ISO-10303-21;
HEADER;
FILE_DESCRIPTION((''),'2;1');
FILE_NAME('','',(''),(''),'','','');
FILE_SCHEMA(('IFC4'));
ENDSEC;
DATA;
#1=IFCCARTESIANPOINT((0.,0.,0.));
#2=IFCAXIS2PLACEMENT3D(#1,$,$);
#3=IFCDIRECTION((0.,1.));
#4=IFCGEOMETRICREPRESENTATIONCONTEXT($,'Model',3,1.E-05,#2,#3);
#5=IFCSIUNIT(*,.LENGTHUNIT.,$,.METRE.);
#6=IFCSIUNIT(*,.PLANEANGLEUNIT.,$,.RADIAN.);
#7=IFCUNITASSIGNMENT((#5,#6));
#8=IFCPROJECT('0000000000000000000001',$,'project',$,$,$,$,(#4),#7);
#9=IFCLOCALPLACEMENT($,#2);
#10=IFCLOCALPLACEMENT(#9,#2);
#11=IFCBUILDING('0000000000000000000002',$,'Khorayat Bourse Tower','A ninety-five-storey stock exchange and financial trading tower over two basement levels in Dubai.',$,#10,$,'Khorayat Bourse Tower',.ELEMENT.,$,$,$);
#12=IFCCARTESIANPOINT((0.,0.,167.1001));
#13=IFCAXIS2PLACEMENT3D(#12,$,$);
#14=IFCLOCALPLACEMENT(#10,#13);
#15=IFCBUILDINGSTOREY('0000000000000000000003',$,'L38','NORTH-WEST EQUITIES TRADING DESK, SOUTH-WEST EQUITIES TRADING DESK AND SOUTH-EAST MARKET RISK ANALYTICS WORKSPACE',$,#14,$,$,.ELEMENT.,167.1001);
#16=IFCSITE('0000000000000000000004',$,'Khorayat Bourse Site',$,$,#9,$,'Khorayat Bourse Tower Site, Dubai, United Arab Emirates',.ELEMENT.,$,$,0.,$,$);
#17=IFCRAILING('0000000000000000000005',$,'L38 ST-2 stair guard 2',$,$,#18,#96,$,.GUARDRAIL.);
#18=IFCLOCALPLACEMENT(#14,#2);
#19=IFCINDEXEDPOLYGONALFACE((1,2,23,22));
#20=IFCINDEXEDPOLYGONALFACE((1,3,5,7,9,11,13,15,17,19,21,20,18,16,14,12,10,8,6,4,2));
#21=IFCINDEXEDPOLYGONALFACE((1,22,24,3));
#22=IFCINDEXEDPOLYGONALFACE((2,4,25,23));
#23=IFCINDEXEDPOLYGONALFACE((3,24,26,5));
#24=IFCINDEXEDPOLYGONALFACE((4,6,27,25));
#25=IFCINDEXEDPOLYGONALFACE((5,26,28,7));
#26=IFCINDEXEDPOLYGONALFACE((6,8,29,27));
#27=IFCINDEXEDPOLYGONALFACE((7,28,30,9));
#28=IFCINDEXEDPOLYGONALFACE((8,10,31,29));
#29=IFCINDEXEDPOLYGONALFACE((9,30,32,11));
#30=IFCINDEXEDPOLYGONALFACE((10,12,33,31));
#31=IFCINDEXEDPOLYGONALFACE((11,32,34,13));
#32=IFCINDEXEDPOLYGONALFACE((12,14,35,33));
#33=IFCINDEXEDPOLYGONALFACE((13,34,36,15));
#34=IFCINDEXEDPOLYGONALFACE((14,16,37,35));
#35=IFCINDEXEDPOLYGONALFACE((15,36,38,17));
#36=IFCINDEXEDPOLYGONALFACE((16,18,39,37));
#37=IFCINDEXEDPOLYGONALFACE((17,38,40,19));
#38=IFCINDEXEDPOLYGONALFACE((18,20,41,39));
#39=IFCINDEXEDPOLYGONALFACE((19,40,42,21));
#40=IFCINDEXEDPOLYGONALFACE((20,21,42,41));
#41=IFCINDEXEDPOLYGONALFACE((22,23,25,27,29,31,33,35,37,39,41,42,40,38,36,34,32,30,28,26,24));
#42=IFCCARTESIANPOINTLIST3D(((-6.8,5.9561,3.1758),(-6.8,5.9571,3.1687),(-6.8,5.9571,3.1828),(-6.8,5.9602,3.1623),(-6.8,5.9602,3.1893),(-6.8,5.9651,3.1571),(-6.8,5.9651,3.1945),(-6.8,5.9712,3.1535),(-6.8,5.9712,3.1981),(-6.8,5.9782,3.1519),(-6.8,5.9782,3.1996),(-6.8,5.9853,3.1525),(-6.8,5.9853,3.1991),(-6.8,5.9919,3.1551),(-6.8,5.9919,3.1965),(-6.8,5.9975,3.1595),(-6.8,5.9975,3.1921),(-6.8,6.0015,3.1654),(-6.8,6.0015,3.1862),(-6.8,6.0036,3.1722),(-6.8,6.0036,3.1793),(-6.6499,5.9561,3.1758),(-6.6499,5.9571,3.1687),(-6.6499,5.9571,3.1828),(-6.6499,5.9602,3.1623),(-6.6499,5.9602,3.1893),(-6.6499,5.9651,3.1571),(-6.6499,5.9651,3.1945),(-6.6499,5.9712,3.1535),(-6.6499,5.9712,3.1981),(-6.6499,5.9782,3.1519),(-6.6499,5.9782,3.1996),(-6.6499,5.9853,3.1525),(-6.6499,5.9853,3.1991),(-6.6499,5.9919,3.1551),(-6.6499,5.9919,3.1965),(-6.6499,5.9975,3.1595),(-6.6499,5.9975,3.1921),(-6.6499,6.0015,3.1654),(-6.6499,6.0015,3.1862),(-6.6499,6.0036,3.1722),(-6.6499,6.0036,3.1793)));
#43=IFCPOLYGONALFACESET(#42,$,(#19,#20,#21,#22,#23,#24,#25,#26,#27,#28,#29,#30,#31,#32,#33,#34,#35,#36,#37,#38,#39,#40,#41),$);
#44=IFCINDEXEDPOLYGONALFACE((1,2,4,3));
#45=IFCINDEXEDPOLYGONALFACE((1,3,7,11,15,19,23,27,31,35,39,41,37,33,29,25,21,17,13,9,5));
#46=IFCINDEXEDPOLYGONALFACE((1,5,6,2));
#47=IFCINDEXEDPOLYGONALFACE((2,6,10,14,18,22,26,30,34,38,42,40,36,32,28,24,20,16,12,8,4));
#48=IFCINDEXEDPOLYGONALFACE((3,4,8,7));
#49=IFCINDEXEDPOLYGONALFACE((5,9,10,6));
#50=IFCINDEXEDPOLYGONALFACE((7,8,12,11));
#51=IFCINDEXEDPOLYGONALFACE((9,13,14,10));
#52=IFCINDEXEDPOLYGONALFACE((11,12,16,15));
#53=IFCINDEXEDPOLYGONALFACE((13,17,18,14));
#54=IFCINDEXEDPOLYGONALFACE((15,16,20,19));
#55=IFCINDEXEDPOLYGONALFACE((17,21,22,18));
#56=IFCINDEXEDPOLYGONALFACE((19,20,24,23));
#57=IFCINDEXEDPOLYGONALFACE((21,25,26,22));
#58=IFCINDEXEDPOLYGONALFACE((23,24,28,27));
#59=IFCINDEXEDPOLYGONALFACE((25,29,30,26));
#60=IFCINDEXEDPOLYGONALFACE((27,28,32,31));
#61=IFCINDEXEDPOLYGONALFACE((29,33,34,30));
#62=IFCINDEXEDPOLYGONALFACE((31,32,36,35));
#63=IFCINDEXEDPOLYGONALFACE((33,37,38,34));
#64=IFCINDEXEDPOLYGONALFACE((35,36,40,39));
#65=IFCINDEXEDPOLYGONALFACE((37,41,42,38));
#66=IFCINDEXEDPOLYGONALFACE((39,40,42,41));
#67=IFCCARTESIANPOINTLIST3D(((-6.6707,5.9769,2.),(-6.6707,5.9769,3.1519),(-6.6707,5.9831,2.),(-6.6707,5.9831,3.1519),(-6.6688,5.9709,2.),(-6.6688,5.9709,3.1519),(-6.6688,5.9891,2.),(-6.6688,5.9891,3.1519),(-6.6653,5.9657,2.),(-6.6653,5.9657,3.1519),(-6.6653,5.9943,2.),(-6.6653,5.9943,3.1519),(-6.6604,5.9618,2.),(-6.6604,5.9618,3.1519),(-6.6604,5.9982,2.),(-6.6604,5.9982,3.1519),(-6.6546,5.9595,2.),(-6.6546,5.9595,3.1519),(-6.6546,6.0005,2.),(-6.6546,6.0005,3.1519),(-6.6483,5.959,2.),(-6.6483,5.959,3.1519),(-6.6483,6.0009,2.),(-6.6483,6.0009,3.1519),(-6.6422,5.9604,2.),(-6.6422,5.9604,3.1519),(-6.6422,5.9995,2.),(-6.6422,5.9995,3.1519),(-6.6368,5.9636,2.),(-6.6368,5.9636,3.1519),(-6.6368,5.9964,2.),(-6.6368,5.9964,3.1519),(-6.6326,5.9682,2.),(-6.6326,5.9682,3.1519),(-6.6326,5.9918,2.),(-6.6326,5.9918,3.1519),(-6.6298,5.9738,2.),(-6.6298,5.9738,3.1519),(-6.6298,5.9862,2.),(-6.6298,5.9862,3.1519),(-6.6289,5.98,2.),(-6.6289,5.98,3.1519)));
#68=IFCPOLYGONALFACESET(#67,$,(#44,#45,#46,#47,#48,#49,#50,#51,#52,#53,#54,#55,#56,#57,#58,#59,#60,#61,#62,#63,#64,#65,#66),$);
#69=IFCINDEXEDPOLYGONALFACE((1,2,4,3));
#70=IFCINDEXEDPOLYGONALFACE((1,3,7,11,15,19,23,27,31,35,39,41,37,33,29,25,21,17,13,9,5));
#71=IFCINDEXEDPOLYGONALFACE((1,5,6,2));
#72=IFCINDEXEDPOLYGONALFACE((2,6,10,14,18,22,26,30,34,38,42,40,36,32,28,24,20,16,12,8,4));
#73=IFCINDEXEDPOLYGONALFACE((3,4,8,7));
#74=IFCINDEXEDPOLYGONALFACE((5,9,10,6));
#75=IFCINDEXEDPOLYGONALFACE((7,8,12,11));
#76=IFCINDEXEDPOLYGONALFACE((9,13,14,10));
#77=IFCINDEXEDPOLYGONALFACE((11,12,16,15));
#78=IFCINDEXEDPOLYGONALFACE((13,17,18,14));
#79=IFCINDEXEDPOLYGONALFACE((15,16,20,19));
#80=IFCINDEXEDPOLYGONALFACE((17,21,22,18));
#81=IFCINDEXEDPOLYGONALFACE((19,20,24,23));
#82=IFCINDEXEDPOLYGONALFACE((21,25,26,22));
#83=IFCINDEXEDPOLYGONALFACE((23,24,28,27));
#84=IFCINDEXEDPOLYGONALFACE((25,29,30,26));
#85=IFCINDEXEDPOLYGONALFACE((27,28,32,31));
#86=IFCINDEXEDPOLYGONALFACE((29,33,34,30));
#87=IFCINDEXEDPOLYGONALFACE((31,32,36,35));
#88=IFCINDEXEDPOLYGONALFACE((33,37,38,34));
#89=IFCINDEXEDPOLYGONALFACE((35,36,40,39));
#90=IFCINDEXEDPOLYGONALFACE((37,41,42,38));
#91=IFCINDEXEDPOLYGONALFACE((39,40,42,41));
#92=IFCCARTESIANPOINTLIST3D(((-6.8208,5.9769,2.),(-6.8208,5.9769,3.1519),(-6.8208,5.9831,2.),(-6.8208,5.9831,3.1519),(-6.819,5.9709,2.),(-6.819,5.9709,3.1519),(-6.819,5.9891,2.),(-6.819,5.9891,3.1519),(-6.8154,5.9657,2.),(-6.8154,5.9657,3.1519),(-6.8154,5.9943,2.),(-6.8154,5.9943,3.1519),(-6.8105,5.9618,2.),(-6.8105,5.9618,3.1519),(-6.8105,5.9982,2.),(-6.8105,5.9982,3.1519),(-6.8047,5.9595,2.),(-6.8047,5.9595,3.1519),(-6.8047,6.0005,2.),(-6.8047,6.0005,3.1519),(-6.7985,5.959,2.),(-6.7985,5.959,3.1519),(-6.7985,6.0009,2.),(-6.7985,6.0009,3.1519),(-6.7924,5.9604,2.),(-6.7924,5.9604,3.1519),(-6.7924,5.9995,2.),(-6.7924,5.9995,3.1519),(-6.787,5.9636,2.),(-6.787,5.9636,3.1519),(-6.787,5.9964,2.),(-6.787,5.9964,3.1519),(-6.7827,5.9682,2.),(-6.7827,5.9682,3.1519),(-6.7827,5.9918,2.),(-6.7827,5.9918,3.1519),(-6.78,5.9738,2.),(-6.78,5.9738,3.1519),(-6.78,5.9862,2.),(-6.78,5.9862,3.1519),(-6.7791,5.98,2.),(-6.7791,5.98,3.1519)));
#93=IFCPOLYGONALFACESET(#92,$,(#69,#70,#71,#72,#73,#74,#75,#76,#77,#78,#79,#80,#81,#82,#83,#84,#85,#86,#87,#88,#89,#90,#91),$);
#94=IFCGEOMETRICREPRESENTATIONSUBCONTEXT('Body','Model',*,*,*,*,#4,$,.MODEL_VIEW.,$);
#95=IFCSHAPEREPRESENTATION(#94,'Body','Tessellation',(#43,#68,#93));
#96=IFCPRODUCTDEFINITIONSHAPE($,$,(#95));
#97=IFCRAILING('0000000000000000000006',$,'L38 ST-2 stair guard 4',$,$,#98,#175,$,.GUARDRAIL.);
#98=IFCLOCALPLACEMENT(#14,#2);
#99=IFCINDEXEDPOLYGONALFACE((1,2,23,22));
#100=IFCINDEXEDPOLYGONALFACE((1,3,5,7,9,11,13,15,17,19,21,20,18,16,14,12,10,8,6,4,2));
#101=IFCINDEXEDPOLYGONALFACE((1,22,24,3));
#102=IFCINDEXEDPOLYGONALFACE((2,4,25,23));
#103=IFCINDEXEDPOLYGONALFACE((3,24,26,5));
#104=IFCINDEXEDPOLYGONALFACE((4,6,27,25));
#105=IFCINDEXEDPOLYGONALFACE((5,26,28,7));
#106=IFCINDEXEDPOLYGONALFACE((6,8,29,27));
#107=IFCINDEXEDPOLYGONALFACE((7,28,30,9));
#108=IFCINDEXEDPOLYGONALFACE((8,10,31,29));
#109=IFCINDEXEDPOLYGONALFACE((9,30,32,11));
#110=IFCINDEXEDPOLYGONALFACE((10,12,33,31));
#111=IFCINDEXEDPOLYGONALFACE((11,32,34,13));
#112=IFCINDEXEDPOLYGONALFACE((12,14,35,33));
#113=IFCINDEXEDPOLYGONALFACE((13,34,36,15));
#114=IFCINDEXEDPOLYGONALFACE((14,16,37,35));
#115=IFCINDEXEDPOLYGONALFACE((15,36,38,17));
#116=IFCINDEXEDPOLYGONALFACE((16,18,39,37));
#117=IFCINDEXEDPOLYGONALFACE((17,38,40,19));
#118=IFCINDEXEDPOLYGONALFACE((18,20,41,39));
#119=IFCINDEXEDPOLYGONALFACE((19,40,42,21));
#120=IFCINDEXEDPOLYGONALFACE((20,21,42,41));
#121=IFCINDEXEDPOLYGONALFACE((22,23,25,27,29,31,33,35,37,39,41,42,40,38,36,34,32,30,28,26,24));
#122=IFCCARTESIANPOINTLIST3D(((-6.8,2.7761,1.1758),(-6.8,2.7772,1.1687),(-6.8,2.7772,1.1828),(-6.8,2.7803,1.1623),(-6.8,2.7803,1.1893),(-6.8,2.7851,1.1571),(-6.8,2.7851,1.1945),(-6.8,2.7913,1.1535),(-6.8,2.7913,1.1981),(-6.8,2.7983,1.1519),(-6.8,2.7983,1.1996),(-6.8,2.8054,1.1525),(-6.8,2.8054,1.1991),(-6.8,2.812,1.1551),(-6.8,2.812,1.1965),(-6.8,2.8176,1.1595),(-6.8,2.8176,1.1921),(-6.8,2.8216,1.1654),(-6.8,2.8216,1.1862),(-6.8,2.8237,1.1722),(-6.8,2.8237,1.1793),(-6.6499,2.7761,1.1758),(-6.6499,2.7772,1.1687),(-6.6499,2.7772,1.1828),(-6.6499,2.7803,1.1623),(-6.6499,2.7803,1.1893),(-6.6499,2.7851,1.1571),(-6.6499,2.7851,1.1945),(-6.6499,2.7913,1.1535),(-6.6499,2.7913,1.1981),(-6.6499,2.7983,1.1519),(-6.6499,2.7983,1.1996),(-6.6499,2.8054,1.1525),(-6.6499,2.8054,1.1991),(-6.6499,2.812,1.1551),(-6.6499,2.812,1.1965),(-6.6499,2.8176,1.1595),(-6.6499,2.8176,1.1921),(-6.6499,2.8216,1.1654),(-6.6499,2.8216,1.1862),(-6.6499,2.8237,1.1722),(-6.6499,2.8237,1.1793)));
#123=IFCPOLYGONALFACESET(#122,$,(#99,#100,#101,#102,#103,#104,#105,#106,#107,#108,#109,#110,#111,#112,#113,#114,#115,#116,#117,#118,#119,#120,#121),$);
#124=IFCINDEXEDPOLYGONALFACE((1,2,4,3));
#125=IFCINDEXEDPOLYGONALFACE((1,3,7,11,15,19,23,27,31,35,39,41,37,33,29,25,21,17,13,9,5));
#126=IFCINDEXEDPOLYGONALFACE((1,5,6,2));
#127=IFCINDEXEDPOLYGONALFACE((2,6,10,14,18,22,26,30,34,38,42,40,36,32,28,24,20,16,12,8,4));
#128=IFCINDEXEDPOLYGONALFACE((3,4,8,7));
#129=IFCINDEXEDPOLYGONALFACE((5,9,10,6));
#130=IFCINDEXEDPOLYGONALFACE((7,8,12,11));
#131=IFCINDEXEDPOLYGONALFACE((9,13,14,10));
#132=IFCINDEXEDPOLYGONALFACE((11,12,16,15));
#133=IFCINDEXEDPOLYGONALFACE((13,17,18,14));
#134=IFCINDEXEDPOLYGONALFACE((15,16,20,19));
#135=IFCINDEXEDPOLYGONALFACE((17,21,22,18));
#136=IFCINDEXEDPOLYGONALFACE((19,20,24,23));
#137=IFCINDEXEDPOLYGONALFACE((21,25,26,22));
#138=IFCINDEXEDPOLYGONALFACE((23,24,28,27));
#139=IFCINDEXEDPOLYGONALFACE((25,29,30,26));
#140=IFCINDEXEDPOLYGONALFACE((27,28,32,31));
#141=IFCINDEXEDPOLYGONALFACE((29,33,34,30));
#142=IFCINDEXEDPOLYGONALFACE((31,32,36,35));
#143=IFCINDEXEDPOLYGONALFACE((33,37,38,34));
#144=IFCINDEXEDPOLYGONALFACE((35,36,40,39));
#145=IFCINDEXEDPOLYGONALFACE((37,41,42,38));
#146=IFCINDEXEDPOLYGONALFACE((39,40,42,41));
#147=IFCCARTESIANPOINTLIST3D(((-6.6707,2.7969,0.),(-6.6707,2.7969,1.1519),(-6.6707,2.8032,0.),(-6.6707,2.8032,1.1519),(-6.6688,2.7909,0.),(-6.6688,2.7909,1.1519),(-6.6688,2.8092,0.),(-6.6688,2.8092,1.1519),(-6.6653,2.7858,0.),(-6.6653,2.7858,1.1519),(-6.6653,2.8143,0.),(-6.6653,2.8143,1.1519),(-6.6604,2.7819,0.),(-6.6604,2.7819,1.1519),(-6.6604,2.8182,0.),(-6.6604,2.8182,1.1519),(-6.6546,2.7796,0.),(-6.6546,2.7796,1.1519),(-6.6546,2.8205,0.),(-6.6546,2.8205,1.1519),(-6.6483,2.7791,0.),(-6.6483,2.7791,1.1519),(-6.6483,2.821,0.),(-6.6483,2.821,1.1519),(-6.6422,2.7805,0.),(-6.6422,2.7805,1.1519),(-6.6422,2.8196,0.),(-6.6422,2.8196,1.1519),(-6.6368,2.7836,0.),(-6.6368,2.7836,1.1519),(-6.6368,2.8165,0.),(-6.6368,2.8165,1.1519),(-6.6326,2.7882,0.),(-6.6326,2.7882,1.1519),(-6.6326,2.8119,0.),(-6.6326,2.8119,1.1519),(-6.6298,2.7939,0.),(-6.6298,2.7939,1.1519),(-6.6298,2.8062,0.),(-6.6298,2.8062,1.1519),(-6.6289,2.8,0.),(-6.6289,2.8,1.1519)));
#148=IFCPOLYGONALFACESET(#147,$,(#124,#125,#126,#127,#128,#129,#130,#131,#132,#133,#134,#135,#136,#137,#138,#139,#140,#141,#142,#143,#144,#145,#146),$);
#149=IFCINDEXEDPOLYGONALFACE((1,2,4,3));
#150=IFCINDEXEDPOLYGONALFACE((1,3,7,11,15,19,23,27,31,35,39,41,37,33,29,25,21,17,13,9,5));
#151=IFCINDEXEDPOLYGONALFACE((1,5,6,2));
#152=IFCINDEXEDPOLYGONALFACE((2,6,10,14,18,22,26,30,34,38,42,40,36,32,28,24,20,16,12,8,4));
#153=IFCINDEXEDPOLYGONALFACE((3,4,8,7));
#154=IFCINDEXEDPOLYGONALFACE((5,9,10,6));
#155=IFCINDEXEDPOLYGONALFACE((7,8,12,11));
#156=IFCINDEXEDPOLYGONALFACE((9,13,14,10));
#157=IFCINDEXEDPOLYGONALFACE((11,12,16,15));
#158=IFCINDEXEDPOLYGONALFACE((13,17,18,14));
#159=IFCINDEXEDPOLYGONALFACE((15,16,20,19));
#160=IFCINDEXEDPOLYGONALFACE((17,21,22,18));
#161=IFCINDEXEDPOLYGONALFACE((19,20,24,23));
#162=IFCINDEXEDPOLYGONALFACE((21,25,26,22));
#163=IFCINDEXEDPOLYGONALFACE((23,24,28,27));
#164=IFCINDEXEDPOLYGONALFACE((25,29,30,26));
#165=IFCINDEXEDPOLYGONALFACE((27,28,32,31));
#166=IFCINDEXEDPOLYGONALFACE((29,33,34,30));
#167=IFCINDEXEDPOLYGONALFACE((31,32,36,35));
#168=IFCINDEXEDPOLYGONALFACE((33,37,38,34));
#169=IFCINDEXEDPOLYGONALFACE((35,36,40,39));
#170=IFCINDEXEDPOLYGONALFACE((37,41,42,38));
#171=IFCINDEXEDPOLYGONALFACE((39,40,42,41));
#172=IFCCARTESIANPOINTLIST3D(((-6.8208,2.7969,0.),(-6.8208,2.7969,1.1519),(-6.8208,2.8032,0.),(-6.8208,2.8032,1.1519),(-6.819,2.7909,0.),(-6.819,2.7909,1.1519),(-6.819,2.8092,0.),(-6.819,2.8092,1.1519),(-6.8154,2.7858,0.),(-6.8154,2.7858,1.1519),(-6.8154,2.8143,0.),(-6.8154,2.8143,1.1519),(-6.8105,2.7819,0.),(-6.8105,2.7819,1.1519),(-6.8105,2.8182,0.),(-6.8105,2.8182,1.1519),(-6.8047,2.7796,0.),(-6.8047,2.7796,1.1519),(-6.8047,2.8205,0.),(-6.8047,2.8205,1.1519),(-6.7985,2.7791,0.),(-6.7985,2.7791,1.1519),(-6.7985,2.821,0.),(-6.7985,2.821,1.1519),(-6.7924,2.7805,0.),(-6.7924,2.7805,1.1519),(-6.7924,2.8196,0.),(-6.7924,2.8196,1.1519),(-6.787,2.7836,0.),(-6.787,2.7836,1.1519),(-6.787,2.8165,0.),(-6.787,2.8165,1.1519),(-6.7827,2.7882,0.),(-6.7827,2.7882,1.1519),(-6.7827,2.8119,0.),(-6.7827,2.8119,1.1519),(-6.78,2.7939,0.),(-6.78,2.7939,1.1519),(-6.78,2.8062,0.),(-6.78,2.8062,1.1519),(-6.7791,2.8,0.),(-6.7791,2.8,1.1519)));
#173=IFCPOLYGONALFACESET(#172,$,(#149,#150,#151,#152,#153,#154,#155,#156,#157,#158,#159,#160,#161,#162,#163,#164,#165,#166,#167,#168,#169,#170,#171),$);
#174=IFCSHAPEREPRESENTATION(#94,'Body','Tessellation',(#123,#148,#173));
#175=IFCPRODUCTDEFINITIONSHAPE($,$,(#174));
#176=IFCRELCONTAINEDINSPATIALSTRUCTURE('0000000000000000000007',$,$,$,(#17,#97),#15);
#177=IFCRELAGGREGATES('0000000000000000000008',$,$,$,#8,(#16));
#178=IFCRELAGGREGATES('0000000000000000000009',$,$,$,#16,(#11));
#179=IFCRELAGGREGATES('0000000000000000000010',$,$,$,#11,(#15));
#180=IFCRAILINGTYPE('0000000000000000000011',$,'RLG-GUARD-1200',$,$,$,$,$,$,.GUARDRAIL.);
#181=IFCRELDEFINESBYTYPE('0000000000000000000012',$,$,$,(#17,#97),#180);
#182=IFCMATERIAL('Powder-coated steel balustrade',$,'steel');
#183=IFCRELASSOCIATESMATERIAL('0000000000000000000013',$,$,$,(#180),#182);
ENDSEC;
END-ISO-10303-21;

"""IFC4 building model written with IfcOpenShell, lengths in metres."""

from ifc_helpers import new_model, si_unit, direction, frame, origin, origin_2d, place, context, subcontext, project, spatial, circle, extrude, source, transform, mapped, material, type_object, element, save


model = new_model("IFC4")

# Units and contexts
model_context = context("Model", 3, precision=1e-05, world=origin(), true_north=direction((0.0, 1.0)))
body_context = subcontext(model_context, "Body", "Model", "MODEL_VIEW")
ifc_project = project(units=[si_unit("LENGTHUNIT", "METRE"), si_unit("PLANEANGLEUNIT", "RADIAN")], contexts=[model_context])

# Site, building, storey
site_placement = place(None, origin())
site = spatial("IfcSite", under=ifc_project, at=site_placement, Name="Khorayat Bourse Site", LongName="Khorayat Bourse Tower Site, Dubai, United Arab Emirates", CompositionType="ELEMENT", RefElevation=0.0)
building_placement = place(site_placement, origin())
building = spatial("IfcBuilding", under=site, at=building_placement, Name="Khorayat Bourse Tower", Description="A ninety-five-storey stock exchange and financial trading tower over two basement levels in Dubai.", LongName="Khorayat Bourse Tower", CompositionType="ELEMENT")
storey_placement = place(building_placement, frame((0.0, 0.0, 167.1001)))
storey = spatial("IfcBuildingStorey", under=building, at=storey_placement, Name="L38", Description="NORTH-WEST EQUITIES TRADING DESK, SOUTH-WEST EQUITIES TRADING DESK AND SOUTH-EAST MARKET RISK ANALYTICS WORKSPACE", CompositionType="ELEMENT", Elevation=167.1001)

# Railings
ifc_material_1 = material(Name="Powder-coated steel balustrade", Category="steel")
railing_type_1 = type_object("IfcRailingType", Name="RLG-GUARD-1200", PredefinedType="GUARDRAIL", material=ifc_material_1)
shared_shape_1 = source(origin(), body_context, "Body", "SweptSolid", [
    extrude(circle(Radius=0.0239, at=origin_2d()), frame((0.0, 0.0, 1.1758), z_axis=(-1.0, 0.0, 0.0), x_axis=(0.0, -1.0, 0.0)), (0.0, 0.0, 1.0), 0.1501),
    extrude(circle(Radius=0.021, at=origin_2d()), origin(), (0.0, 0.0, 1.0), 1.1519),
    extrude(circle(Radius=0.021, at=origin_2d()), frame((-0.1501, 0.0, 0.0)), (0.0, 0.0, 1.0), 1.1519),
])
for number, where, name in (
    (1, (-6.6499, 5.98, 2.0), "L38 ST-2 stair guard 2"),
    (2, (-6.6499, 2.8, 0.0), "L38 ST-2 stair guard 4"),
):
    element("IfcRailing", number, at=place(storey_placement, frame(where)), inside=storey, type_object=railing_type_1, Name=name, PredefinedType="GUARDRAIL", context=body_context, shape_type="MappedRepresentation", body=[
        mapped(shared_shape_1, transform((0.0, 0.0, 0.0), scale=1.0)),
    ])

save(model, "model.ifc")
